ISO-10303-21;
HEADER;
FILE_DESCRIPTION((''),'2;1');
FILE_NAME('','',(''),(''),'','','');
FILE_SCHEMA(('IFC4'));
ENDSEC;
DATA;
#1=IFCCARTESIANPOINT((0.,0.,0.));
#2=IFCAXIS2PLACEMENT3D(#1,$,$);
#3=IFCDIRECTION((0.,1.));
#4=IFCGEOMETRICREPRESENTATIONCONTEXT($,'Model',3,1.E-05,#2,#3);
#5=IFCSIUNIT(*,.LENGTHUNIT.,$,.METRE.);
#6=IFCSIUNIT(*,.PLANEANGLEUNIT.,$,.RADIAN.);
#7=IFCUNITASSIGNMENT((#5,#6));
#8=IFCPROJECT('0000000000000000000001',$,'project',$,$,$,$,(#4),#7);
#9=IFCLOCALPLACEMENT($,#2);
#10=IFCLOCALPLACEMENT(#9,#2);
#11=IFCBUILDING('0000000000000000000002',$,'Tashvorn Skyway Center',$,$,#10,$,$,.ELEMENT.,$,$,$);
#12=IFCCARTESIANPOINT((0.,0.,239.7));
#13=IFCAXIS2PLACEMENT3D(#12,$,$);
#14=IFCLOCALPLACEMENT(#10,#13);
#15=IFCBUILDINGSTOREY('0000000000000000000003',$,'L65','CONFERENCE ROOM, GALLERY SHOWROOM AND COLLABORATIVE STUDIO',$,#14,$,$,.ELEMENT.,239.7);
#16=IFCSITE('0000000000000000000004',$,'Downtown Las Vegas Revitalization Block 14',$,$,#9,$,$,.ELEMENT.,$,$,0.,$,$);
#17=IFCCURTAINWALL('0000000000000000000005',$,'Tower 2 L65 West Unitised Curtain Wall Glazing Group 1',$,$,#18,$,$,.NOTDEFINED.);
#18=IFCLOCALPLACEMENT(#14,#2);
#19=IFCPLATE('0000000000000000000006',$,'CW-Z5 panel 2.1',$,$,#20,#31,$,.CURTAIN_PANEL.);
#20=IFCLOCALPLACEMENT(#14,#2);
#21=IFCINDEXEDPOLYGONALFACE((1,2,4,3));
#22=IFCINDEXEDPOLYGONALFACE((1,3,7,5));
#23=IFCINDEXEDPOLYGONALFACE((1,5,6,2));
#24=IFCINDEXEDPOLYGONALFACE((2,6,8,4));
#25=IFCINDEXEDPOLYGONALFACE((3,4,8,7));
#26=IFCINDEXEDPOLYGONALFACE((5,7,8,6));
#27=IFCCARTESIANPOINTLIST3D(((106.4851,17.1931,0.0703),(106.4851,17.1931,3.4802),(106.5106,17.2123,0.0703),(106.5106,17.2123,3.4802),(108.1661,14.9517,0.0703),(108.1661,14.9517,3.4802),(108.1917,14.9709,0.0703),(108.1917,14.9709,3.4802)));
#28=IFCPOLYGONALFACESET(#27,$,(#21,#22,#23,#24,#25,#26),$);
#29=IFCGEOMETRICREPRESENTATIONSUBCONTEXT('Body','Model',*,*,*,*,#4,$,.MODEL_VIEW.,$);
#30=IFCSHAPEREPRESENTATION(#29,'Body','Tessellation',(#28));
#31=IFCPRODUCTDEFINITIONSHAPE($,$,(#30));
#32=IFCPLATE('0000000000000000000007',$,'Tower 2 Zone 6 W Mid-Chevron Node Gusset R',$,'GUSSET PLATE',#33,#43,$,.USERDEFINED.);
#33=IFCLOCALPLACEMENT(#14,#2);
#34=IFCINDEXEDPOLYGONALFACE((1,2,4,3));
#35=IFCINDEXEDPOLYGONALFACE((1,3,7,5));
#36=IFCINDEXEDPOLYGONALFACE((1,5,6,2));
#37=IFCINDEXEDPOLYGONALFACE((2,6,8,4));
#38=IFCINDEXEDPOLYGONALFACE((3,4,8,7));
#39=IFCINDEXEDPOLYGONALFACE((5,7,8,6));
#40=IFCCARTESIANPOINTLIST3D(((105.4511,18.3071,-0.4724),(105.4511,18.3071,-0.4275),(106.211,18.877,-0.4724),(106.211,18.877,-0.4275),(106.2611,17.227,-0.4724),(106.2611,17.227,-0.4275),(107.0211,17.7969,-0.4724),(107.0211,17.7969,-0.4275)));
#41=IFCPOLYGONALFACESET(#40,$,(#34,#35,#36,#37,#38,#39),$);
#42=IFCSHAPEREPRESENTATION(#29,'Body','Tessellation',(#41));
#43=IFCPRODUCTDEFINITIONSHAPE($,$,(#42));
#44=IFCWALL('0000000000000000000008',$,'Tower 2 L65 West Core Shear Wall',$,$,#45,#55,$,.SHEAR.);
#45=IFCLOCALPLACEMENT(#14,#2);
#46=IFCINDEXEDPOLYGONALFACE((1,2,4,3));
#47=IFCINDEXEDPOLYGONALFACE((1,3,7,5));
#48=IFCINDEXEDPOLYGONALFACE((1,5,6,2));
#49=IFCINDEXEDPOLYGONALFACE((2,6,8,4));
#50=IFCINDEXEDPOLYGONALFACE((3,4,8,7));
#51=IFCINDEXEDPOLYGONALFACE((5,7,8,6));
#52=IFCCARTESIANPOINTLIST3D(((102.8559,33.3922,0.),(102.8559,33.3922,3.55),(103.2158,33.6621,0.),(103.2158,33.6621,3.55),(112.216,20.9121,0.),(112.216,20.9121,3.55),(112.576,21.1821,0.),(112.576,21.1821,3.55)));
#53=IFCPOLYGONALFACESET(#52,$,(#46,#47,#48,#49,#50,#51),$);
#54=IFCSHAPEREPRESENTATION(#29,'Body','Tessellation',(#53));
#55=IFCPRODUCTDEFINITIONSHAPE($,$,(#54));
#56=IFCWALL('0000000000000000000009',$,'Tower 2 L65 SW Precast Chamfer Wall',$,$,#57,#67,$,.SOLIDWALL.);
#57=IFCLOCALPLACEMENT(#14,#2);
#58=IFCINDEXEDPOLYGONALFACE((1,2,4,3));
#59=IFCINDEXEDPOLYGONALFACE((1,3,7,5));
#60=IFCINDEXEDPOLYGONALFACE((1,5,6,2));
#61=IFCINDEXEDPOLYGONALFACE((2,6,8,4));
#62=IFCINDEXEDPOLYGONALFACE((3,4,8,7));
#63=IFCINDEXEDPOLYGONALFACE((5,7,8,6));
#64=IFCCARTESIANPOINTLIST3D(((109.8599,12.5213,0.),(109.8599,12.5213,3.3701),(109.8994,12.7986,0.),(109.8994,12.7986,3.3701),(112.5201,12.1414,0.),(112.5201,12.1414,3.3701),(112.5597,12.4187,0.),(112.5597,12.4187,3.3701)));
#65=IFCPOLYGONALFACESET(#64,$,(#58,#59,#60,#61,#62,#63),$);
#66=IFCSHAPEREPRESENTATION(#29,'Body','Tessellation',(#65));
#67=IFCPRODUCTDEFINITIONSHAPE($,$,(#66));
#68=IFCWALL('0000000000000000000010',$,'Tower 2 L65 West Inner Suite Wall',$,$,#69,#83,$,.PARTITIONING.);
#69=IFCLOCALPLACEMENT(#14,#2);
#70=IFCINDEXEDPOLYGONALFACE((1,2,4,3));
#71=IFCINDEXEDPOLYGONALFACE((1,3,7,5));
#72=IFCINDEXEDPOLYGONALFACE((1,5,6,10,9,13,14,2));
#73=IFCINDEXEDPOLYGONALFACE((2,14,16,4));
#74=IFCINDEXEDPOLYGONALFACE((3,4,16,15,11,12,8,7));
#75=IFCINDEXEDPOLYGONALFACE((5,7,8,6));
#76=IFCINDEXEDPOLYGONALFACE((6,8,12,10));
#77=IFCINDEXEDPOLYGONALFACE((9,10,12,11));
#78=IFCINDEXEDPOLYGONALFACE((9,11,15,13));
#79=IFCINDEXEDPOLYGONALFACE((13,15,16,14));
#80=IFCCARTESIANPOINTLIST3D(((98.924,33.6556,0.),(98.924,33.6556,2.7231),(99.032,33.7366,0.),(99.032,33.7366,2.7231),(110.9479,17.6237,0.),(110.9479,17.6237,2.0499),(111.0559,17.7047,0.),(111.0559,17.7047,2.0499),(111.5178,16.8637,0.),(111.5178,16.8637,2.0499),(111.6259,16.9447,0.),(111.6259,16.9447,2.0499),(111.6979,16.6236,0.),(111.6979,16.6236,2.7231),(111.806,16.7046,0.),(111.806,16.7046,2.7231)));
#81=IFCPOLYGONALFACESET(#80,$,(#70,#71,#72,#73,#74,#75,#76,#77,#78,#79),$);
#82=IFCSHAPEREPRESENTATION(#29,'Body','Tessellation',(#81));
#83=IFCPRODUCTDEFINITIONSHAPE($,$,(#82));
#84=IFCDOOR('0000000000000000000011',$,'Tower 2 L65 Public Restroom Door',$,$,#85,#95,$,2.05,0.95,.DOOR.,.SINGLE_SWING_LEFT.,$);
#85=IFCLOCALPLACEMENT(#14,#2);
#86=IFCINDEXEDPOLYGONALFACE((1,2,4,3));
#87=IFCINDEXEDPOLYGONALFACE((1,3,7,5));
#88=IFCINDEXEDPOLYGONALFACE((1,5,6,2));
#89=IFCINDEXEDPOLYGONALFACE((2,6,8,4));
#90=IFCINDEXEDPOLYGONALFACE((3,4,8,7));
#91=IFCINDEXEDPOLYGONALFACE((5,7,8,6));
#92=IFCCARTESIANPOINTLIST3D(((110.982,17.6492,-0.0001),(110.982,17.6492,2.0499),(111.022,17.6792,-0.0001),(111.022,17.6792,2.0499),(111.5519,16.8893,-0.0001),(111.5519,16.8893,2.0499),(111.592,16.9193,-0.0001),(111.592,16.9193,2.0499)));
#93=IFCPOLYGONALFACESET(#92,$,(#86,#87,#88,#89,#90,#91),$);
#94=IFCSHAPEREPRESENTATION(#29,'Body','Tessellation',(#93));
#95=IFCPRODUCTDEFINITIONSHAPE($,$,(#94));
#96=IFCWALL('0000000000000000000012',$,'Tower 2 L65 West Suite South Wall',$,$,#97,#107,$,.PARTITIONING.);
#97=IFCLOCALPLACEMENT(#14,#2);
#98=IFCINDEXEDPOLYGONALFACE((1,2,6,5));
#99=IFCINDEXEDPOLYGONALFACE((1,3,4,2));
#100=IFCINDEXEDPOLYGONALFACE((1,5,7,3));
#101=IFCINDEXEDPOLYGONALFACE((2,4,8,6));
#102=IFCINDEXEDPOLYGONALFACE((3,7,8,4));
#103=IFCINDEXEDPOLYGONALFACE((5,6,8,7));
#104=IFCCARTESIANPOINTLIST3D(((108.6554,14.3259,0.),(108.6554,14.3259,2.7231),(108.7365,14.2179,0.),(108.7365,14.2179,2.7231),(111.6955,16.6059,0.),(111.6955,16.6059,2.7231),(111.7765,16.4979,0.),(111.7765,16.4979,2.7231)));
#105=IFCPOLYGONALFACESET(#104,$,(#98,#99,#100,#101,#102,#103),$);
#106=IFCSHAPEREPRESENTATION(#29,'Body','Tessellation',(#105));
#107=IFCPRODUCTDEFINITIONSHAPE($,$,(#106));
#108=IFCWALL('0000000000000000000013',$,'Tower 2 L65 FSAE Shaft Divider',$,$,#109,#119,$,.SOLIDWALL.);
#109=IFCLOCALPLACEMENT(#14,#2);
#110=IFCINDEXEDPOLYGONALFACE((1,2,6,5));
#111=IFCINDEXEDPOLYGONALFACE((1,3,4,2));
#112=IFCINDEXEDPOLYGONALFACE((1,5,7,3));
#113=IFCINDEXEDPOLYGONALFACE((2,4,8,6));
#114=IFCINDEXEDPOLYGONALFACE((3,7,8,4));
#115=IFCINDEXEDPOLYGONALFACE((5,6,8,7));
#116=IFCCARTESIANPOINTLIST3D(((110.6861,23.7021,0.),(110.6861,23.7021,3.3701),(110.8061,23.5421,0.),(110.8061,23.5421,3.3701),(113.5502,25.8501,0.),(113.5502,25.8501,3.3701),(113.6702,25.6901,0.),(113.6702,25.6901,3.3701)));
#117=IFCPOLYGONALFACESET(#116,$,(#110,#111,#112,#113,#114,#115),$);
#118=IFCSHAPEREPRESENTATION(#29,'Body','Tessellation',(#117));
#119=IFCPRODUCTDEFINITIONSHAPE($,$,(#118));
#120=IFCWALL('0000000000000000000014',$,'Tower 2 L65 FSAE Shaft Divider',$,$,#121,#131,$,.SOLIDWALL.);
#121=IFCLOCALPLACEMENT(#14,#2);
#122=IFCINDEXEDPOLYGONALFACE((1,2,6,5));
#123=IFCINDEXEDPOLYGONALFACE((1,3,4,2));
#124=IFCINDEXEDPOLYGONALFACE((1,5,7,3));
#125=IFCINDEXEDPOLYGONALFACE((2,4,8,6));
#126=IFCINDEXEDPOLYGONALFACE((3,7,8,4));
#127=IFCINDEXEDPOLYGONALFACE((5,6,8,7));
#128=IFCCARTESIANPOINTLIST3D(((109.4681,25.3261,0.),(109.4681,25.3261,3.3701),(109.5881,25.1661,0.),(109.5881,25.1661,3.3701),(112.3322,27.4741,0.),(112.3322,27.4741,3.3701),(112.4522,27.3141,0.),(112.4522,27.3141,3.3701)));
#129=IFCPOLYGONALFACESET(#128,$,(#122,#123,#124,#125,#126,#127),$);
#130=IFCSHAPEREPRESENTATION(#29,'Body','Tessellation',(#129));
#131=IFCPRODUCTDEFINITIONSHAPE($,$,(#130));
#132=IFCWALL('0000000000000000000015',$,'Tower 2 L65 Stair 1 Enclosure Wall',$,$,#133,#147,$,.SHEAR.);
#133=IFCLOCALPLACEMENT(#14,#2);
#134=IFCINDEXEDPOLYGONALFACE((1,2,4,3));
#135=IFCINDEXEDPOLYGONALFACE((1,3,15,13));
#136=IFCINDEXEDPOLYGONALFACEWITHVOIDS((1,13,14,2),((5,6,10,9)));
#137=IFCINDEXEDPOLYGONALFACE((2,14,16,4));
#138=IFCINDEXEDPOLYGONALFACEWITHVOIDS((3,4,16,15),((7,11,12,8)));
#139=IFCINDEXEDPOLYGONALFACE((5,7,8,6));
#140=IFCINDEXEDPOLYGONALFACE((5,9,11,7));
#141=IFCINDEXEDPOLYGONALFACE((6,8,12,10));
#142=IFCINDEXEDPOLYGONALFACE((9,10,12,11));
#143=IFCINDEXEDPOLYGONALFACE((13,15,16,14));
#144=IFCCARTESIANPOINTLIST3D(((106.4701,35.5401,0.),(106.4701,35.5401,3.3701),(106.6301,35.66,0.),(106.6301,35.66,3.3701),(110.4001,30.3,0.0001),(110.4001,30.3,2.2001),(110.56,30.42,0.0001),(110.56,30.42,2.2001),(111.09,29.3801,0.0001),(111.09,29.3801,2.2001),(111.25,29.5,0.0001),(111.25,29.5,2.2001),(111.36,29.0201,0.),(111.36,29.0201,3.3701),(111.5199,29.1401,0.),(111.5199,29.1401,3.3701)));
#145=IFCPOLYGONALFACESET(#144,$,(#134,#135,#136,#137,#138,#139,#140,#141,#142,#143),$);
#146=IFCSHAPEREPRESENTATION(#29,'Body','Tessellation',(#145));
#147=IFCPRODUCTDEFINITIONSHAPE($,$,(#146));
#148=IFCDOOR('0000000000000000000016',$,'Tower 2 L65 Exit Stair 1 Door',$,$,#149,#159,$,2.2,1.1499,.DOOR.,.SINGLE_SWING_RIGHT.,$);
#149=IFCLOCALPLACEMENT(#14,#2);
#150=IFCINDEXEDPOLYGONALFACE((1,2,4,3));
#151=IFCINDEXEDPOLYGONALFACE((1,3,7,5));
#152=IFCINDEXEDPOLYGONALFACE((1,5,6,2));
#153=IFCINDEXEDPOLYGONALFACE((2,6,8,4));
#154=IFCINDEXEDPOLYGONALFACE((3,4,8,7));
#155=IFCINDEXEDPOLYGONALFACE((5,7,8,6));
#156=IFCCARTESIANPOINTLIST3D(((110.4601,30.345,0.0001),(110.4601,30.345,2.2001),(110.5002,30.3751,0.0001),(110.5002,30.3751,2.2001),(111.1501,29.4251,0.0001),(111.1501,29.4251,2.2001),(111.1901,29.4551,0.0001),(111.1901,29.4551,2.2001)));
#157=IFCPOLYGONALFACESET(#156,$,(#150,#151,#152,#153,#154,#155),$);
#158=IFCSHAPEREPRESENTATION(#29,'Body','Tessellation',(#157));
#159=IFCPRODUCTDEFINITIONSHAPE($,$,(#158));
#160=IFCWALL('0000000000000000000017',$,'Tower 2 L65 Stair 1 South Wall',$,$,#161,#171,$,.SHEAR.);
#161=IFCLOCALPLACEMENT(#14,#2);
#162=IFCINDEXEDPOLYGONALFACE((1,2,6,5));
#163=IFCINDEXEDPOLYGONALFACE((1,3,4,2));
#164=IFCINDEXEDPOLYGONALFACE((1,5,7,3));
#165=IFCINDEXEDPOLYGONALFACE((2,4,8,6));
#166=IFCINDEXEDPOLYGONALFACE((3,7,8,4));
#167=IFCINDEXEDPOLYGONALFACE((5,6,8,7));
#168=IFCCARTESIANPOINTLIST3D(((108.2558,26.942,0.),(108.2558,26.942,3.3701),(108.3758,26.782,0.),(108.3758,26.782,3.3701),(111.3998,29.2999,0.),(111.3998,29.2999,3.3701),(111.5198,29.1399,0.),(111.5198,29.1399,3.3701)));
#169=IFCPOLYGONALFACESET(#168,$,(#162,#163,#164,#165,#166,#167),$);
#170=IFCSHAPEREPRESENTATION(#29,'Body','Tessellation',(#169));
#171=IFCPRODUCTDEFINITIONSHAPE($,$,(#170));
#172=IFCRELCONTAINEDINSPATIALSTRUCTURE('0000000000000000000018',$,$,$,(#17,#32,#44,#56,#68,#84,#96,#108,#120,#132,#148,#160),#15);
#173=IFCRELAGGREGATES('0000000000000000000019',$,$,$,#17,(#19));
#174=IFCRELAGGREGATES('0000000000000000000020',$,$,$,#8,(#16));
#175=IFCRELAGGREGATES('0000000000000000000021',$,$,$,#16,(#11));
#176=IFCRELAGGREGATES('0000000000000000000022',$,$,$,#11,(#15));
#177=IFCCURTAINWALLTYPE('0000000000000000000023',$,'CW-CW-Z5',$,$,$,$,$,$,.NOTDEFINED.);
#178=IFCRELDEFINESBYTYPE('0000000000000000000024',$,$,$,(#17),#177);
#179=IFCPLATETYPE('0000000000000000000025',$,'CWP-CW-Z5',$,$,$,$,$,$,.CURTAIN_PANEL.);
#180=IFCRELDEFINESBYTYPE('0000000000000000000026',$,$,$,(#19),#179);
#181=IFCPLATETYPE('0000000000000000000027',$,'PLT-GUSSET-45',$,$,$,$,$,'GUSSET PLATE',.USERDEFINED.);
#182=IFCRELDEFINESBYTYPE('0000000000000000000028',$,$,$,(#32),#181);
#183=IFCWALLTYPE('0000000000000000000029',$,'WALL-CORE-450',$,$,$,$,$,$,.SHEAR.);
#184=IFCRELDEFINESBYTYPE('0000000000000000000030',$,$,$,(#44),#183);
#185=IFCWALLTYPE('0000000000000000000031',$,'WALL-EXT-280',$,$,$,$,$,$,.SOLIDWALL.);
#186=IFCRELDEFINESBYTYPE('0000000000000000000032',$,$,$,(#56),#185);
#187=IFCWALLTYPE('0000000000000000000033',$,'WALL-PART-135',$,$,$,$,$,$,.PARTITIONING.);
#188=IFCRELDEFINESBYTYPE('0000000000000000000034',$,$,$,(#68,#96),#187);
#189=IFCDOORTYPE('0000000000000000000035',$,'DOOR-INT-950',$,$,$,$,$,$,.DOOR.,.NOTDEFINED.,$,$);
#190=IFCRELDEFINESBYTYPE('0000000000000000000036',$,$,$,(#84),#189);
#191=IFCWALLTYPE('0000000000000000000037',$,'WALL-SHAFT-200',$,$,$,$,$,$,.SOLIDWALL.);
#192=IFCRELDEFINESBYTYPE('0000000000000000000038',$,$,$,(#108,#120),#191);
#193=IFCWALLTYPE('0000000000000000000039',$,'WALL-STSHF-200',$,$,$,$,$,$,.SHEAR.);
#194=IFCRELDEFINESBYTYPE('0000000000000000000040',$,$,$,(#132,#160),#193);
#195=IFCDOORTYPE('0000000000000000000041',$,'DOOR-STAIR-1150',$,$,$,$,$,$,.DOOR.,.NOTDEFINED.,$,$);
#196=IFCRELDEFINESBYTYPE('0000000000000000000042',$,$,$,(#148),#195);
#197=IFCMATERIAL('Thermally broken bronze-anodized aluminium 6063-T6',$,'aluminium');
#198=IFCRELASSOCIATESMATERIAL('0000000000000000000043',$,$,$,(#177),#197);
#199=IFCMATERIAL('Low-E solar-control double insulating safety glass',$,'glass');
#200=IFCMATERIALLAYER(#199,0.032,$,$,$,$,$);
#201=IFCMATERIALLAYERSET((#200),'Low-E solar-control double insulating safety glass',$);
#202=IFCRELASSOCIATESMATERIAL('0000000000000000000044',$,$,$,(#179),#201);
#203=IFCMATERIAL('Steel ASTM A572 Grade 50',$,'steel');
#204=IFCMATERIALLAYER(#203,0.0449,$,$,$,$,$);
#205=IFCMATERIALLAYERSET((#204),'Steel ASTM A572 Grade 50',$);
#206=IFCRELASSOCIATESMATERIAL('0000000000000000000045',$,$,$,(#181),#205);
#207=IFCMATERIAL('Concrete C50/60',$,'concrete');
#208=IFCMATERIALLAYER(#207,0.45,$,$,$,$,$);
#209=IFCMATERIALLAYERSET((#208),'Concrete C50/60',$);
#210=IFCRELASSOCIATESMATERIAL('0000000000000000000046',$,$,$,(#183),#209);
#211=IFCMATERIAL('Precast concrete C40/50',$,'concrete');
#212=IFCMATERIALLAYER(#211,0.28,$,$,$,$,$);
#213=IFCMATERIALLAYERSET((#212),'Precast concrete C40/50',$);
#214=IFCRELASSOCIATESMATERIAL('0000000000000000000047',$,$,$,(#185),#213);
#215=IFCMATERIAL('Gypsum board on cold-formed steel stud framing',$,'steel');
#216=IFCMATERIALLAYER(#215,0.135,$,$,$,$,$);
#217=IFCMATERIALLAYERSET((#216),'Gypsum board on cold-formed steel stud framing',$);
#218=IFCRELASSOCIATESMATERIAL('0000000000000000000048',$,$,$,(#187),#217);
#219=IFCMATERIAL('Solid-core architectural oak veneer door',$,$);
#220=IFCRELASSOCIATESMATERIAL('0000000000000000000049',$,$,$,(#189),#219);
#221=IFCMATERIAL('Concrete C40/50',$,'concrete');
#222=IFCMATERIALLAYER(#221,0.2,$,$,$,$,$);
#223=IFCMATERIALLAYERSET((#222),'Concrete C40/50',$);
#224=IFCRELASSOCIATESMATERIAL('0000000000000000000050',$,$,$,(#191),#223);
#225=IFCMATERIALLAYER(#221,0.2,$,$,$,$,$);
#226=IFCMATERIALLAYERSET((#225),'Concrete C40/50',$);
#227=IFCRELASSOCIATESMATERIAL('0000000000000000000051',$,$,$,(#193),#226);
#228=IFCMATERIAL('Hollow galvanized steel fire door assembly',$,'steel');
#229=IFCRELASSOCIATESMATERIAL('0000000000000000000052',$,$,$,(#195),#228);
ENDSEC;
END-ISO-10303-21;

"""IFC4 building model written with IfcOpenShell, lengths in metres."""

from ifc_helpers import new_model, si_unit, direction, frame, frame_2d, origin, origin_2d, place, context, subcontext, project, spatial, rectangle, extrude, material, layer, layer_set, type_object, element, fill, aggregate, save


model = new_model("IFC4")

# Units and contexts
model_context = context("Model", 3, precision=1e-05, world=origin(), true_north=direction((0.0, 1.0)))
body_context = subcontext(model_context, "Body", "Model", "MODEL_VIEW")
ifc_project = project(units=[si_unit("LENGTHUNIT", "METRE"), si_unit("PLANEANGLEUNIT", "RADIAN")], contexts=[model_context])

# Site, building, storey
site_placement = place(None, origin())
site = spatial("IfcSite", under=ifc_project, at=site_placement, Name="Downtown Las Vegas Revitalization Block 14", CompositionType="ELEMENT", RefElevation=0.0)
building_placement = place(site_placement, origin())
building = spatial("IfcBuilding", under=site, at=building_placement, Name="Tashvorn Skyway Center", CompositionType="ELEMENT")
storey_placement = place(building_placement, frame((0.0, 0.0, 239.7)))
storey = spatial("IfcBuildingStorey", under=building, at=storey_placement, Name="L65", Description="CONFERENCE ROOM, GALLERY SHOWROOM AND COLLABORATIVE STUDIO", CompositionType="ELEMENT", Elevation=239.7)

# Shared definitions
ifc_material_1 = material(Name="Steel ASTM A572 Grade 50", Category="steel")

# Shared definitions
ifc_material_2 = material(Name="Concrete C50/60", Category="concrete")

# Shared definitions
ifc_material_3 = material(Name="Thermally broken bronze-anodized aluminium 6063-T6", Category="aluminium")
curtain_wall_type = type_object("IfcCurtainWallType", Name="CW-CW-Z5", PredefinedType="NOTDEFINED", material=ifc_material_3)

# Curtain wall
curtain_wall_1_placement = place(storey_placement, origin())
curtain_wall_1 = element("IfcCurtainWall", 1, at=curtain_wall_1_placement, inside=storey, type_object=curtain_wall_type, Name="Tower 2 L65 West Unitised Curtain Wall Glazing Group 1", PredefinedType="NOTDEFINED")

# Plates
ifc_material_4 = material(Name="Low-E solar-control double insulating safety glass", Category="glass")
ifc_layer_1 = layer(ifc_material_4, 0.032)
ifc_layer_set_1 = layer_set([ifc_layer_1], Name="Low-E solar-control double insulating safety glass")
plate_type_1 = type_object("IfcPlateType", Name="CWP-CW-Z5", PredefinedType="CURTAIN_PANEL", material=ifc_layer_set_1)
plate_1_placement = place(storey_placement, frame((107.3384, 16.082, 0.0703), z_axis=(0.0, 0.0, 1.0), x_axis=(-0.599997, 0.800002, 0.0)))
plate_1 = element("IfcPlate", 2, at=plate_1_placement, type_object=plate_type_1, Name="CW-Z5 panel 2.1", PredefinedType="CURTAIN_PANEL", context=body_context, shape_type="SweptSolid", body=[
    extrude(rectangle(XDim=2.8018, YDim=0.032, at=origin_2d()), origin(), (0.0, 0.0, 1.0), 3.4099),
])
aggregate(curtain_wall_1, [plate_1])
ifc_layer_2 = layer(ifc_material_1, 0.0449)
ifc_layer_set_2 = layer_set([ifc_layer_2], Name="Steel ASTM A572 Grade 50")
plate_type_2 = type_object("IfcPlateType", Name="PLT-GUSSET-45", ElementType="GUSSET PLATE", PredefinedType="USERDEFINED", material=ifc_layer_set_2)
plate_2_placement = place(storey_placement, frame((106.2361, 18.052, -0.4724), z_axis=(0.0, 0.0, 1.0), x_axis=(0.6, -0.8, 0.0)))
element("IfcPlate", 3, at=plate_2_placement, inside=storey, type_object=plate_type_2, Name="Tower 2 Zone 6 W Mid-Chevron Node Gusset R", ObjectType="GUSSET PLATE", PredefinedType="USERDEFINED", context=body_context, shape_type="SweptSolid", body=[
    extrude(rectangle(XDim=1.3501, YDim=0.95, at=origin_2d()), origin(), (0.0, 0.0, 1.0), 0.0449),
])

# Walls
ifc_layer_3 = layer(ifc_material_2, 0.45)
ifc_layer_set_3 = layer_set([ifc_layer_3], Name="Concrete C50/60")
wall_type_1 = type_object("IfcWallType", Name="WALL-CORE-450", PredefinedType="SHEAR", material=ifc_layer_set_3)
wall_1_placement = place(storey_placement, frame((112.396, 21.0471, 0.0), z_axis=(0.0, 0.0, 1.0), x_axis=(-0.600005, 0.799996, 0.0)))
element("IfcWall", 4, at=wall_1_placement, inside=storey, type_object=wall_type_1, Name="Tower 2 L65 West Core Shear Wall", PredefinedType="SHEAR", context=body_context, shape_type="SweptSolid", body=[
    extrude(rectangle(XDim=15.6001, YDim=0.45, at=frame_2d((7.8, 0.0))), origin(), (0.0, 0.0, 1.0), 3.55),
])
ifc_material_5 = material(Name="Precast concrete C40/50", Category="concrete")
ifc_layer_4 = layer(ifc_material_5, 0.28)
ifc_layer_set_4 = layer_set([ifc_layer_4], Name="Precast concrete C40/50")
wall_type_2 = type_object("IfcWallType", Name="WALL-EXT-280", PredefinedType="SOLIDWALL", material=ifc_layer_set_4)
wall_2_placement = place(storey_placement, frame((112.54, 12.28, 0.0), z_axis=(0.0, 0.0, 1.0), x_axis=(-0.989957, 0.14137, 0.0)))
element("IfcWall", 5, at=wall_2_placement, inside=storey, type_object=wall_type_2, Name="Tower 2 L65 SW Precast Chamfer Wall", PredefinedType="SOLIDWALL", context=body_context, shape_type="SweptSolid", body=[
    extrude(rectangle(XDim=2.6873, YDim=0.28, at=frame_2d((1.3438, 0.0))), origin(), (0.0, 0.0, 1.0), 3.3701),
])

# Wall, opening, door
ifc_material_6 = material(Name="Gypsum board on cold-formed steel stud framing", Category="steel")
ifc_layer_5 = layer(ifc_material_6, 0.135)
ifc_layer_set_5 = layer_set([ifc_layer_5], Name="Gypsum board on cold-formed steel stud framing")
wall_type_3 = type_object("IfcWallType", Name="WALL-PART-135", PredefinedType="PARTITIONING", material=ifc_layer_set_5)
wall_3_placement = place(storey_placement, frame((111.752, 16.6641, 0.0), z_axis=(0.0, 0.0, 1.0), x_axis=(-0.599998, 0.800001, 0.0)))
wall_3 = element("IfcWall", 6, at=wall_3_placement, inside=storey, type_object=wall_type_3, Name="Tower 2 L65 West Inner Suite Wall", PredefinedType="PARTITIONING", context=body_context, shape_type="SweptSolid", body=[
    extrude(rectangle(XDim=21.29, YDim=0.135, at=frame_2d((10.645, 0.0))), origin(), (0.0, 0.0, 1.0), 2.7231),
])
opening_1_placement = place(wall_3_placement, frame((0.3, 0.0, 0.0)))
opening_1 = element("IfcOpeningElement", 7, at=opening_1_placement, cuts=wall_3, PredefinedType="OPENING", context=body_context, shape_type="SweptSolid", body=[
    extrude(rectangle(XDim=0.95, YDim=2.05, at=frame_2d((0.4751, 1.0249))), frame((0.0, 0.0774, 0.0), z_axis=(0.0, -1.0, 0.0), x_axis=(1.0, 0.0, 0.0)), (0.0, 0.0, 1.0), 0.155),
])
ifc_material_7 = material(Name="Solid-core architectural oak veneer door")
door_type_1 = type_object("IfcDoorType", Name="DOOR-INT-950", OperationType="NOTDEFINED", PredefinedType="DOOR", material=ifc_material_7)
door_1_placement = place(opening_1_placement, origin())
door_1 = element("IfcDoor", 8, at=door_1_placement, inside=storey, type_object=door_type_1, Name="Tower 2 L65 Public Restroom Door", OperationType="SINGLE_SWING_LEFT", OverallHeight=2.05, OverallWidth=0.95, PredefinedType="DOOR", context=body_context, shape_type="SweptSolid", body=[
    extrude(rectangle(XDim=0.95, YDim=2.05, at=frame_2d((0.4751, 1.0249))), frame((0.0, 0.0249, 0.0), z_axis=(0.0, -1.0, 0.0), x_axis=(1.0, 0.0, 0.0)), (0.0, 0.0, 1.0), 0.05),
])
fill(opening_1, door_1)

# Walls
wall_4_placement = place(storey_placement, frame((108.696, 14.272, 0.0), z_axis=(0.0, 0.0, 1.0), x_axis=(0.8, 0.6, 0.0)))
element("IfcWall", 9, at=wall_4_placement, inside=storey, type_object=wall_type_3, Name="Tower 2 L65 West Suite South Wall", PredefinedType="PARTITIONING", context=body_context, shape_type="SweptSolid", body=[
    extrude(rectangle(XDim=3.8, YDim=0.135, at=frame_2d((1.8999, 0.0))), origin(), (0.0, 0.0, 1.0), 2.7231),
])
ifc_material_8 = material(Name="Concrete C40/50", Category="concrete")
ifc_layer_6 = layer(ifc_material_8, 0.2)
ifc_layer_set_6 = layer_set([ifc_layer_6], Name="Concrete C40/50")
wall_type_4 = type_object("IfcWallType", Name="WALL-SHAFT-200", PredefinedType="SOLIDWALL", material=ifc_layer_set_6)
for number, where, z_axis, x_axis, name in (
    (10, (110.7461, 23.6221, 0.0), (0.0, 0.0, 1.0), (0.800008, 0.599989, 0.0), "Tower 2 L65 FSAE Shaft Divider"),
    (11, (109.5281, 25.2461, 0.0), (0.0, 0.0, 1.0), (0.800008, 0.599989, 0.0), "Tower 2 L65 FSAE Shaft Divider"),
):
    element("IfcWall", number, at=place(storey_placement, frame(where, z_axis=z_axis, x_axis=x_axis)), inside=storey, type_object=wall_type_4, Name=name, PredefinedType="SOLIDWALL", context=body_context, shape_type="SweptSolid", body=[
        extrude(rectangle(XDim=3.5801, YDim=0.2, at=frame_2d((1.79, 0.0))), origin(), (0.0, 0.0, 1.0), 3.3701),
    ])

# Wall, opening, door
ifc_layer_7 = layer(ifc_material_8, 0.2)
ifc_layer_set_7 = layer_set([ifc_layer_7], Name="Concrete C40/50")
wall_type_5 = type_object("IfcWallType", Name="WALL-STSHF-200", PredefinedType="SHEAR", material=ifc_layer_set_7)
wall_5_placement = place(storey_placement, frame((111.4399, 29.0801, 0.0), z_axis=(0.0, 0.0, 1.0), x_axis=(-0.59999, 0.800007, 0.0)))
wall_5 = element("IfcWall", 12, at=wall_5_placement, inside=storey, type_object=wall_type_5, Name="Tower 2 L65 Stair 1 Enclosure Wall", PredefinedType="SHEAR", context=body_context, shape_type="SweptSolid", body=[
    extrude(rectangle(XDim=8.1499, YDim=0.2, at=frame_2d((4.075, 0.0))), origin(), (0.0, 0.0, 1.0), 3.3701),
])
opening_2_placement = place(wall_5_placement, frame((0.45, 0.0, 0.0)))
opening_2 = element("IfcOpeningElement", 13, at=opening_2_placement, cuts=wall_5, PredefinedType="OPENING", context=body_context, shape_type="SweptSolid", body=[
    extrude(rectangle(XDim=1.1499, YDim=2.2, at=frame_2d((0.575, 1.1001))), frame((0.0, 0.1099, 0.0), z_axis=(0.0, -1.0, 0.0), x_axis=(1.0, 0.0, 0.0)), (0.0, 0.0, 1.0), 0.22),
])
ifc_material_9 = material(Name="Hollow galvanized steel fire door assembly", Category="steel")
door_type_2 = type_object("IfcDoorType", Name="DOOR-STAIR-1150", OperationType="NOTDEFINED", PredefinedType="DOOR", material=ifc_material_9)
door_2_placement = place(opening_2_placement, origin())
door_2 = element("IfcDoor", 14, at=door_2_placement, inside=storey, type_object=door_type_2, Name="Tower 2 L65 Exit Stair 1 Door", OperationType="SINGLE_SWING_RIGHT", OverallHeight=2.2, OverallWidth=1.1499, PredefinedType="DOOR", context=body_context, shape_type="SweptSolid", body=[
    extrude(rectangle(XDim=1.1499, YDim=2.2, at=frame_2d((0.575, 1.1001))), frame((0.0, 0.0249, 0.0), z_axis=(0.0, -1.0, 0.0), x_axis=(1.0, 0.0, 0.0)), (0.0, 0.0, 1.0), 0.05),
])
fill(opening_2, door_2)

# Wall
wall_6_placement = place(storey_placement, frame((108.3159, 26.8621, 0.0), z_axis=(0.0, 0.0, 1.0), x_axis=(0.800015, 0.59998, 0.0)))
element("IfcWall", 15, at=wall_6_placement, inside=storey, type_object=wall_type_5, Name="Tower 2 L65 Stair 1 South Wall", PredefinedType="SHEAR", context=body_context, shape_type="SweptSolid", body=[
    extrude(rectangle(XDim=3.9299, YDim=0.2, at=frame_2d((1.9648, 0.0))), origin(), (0.0, 0.0, 1.0), 3.3701),
])

save(model, "model.ifc")
